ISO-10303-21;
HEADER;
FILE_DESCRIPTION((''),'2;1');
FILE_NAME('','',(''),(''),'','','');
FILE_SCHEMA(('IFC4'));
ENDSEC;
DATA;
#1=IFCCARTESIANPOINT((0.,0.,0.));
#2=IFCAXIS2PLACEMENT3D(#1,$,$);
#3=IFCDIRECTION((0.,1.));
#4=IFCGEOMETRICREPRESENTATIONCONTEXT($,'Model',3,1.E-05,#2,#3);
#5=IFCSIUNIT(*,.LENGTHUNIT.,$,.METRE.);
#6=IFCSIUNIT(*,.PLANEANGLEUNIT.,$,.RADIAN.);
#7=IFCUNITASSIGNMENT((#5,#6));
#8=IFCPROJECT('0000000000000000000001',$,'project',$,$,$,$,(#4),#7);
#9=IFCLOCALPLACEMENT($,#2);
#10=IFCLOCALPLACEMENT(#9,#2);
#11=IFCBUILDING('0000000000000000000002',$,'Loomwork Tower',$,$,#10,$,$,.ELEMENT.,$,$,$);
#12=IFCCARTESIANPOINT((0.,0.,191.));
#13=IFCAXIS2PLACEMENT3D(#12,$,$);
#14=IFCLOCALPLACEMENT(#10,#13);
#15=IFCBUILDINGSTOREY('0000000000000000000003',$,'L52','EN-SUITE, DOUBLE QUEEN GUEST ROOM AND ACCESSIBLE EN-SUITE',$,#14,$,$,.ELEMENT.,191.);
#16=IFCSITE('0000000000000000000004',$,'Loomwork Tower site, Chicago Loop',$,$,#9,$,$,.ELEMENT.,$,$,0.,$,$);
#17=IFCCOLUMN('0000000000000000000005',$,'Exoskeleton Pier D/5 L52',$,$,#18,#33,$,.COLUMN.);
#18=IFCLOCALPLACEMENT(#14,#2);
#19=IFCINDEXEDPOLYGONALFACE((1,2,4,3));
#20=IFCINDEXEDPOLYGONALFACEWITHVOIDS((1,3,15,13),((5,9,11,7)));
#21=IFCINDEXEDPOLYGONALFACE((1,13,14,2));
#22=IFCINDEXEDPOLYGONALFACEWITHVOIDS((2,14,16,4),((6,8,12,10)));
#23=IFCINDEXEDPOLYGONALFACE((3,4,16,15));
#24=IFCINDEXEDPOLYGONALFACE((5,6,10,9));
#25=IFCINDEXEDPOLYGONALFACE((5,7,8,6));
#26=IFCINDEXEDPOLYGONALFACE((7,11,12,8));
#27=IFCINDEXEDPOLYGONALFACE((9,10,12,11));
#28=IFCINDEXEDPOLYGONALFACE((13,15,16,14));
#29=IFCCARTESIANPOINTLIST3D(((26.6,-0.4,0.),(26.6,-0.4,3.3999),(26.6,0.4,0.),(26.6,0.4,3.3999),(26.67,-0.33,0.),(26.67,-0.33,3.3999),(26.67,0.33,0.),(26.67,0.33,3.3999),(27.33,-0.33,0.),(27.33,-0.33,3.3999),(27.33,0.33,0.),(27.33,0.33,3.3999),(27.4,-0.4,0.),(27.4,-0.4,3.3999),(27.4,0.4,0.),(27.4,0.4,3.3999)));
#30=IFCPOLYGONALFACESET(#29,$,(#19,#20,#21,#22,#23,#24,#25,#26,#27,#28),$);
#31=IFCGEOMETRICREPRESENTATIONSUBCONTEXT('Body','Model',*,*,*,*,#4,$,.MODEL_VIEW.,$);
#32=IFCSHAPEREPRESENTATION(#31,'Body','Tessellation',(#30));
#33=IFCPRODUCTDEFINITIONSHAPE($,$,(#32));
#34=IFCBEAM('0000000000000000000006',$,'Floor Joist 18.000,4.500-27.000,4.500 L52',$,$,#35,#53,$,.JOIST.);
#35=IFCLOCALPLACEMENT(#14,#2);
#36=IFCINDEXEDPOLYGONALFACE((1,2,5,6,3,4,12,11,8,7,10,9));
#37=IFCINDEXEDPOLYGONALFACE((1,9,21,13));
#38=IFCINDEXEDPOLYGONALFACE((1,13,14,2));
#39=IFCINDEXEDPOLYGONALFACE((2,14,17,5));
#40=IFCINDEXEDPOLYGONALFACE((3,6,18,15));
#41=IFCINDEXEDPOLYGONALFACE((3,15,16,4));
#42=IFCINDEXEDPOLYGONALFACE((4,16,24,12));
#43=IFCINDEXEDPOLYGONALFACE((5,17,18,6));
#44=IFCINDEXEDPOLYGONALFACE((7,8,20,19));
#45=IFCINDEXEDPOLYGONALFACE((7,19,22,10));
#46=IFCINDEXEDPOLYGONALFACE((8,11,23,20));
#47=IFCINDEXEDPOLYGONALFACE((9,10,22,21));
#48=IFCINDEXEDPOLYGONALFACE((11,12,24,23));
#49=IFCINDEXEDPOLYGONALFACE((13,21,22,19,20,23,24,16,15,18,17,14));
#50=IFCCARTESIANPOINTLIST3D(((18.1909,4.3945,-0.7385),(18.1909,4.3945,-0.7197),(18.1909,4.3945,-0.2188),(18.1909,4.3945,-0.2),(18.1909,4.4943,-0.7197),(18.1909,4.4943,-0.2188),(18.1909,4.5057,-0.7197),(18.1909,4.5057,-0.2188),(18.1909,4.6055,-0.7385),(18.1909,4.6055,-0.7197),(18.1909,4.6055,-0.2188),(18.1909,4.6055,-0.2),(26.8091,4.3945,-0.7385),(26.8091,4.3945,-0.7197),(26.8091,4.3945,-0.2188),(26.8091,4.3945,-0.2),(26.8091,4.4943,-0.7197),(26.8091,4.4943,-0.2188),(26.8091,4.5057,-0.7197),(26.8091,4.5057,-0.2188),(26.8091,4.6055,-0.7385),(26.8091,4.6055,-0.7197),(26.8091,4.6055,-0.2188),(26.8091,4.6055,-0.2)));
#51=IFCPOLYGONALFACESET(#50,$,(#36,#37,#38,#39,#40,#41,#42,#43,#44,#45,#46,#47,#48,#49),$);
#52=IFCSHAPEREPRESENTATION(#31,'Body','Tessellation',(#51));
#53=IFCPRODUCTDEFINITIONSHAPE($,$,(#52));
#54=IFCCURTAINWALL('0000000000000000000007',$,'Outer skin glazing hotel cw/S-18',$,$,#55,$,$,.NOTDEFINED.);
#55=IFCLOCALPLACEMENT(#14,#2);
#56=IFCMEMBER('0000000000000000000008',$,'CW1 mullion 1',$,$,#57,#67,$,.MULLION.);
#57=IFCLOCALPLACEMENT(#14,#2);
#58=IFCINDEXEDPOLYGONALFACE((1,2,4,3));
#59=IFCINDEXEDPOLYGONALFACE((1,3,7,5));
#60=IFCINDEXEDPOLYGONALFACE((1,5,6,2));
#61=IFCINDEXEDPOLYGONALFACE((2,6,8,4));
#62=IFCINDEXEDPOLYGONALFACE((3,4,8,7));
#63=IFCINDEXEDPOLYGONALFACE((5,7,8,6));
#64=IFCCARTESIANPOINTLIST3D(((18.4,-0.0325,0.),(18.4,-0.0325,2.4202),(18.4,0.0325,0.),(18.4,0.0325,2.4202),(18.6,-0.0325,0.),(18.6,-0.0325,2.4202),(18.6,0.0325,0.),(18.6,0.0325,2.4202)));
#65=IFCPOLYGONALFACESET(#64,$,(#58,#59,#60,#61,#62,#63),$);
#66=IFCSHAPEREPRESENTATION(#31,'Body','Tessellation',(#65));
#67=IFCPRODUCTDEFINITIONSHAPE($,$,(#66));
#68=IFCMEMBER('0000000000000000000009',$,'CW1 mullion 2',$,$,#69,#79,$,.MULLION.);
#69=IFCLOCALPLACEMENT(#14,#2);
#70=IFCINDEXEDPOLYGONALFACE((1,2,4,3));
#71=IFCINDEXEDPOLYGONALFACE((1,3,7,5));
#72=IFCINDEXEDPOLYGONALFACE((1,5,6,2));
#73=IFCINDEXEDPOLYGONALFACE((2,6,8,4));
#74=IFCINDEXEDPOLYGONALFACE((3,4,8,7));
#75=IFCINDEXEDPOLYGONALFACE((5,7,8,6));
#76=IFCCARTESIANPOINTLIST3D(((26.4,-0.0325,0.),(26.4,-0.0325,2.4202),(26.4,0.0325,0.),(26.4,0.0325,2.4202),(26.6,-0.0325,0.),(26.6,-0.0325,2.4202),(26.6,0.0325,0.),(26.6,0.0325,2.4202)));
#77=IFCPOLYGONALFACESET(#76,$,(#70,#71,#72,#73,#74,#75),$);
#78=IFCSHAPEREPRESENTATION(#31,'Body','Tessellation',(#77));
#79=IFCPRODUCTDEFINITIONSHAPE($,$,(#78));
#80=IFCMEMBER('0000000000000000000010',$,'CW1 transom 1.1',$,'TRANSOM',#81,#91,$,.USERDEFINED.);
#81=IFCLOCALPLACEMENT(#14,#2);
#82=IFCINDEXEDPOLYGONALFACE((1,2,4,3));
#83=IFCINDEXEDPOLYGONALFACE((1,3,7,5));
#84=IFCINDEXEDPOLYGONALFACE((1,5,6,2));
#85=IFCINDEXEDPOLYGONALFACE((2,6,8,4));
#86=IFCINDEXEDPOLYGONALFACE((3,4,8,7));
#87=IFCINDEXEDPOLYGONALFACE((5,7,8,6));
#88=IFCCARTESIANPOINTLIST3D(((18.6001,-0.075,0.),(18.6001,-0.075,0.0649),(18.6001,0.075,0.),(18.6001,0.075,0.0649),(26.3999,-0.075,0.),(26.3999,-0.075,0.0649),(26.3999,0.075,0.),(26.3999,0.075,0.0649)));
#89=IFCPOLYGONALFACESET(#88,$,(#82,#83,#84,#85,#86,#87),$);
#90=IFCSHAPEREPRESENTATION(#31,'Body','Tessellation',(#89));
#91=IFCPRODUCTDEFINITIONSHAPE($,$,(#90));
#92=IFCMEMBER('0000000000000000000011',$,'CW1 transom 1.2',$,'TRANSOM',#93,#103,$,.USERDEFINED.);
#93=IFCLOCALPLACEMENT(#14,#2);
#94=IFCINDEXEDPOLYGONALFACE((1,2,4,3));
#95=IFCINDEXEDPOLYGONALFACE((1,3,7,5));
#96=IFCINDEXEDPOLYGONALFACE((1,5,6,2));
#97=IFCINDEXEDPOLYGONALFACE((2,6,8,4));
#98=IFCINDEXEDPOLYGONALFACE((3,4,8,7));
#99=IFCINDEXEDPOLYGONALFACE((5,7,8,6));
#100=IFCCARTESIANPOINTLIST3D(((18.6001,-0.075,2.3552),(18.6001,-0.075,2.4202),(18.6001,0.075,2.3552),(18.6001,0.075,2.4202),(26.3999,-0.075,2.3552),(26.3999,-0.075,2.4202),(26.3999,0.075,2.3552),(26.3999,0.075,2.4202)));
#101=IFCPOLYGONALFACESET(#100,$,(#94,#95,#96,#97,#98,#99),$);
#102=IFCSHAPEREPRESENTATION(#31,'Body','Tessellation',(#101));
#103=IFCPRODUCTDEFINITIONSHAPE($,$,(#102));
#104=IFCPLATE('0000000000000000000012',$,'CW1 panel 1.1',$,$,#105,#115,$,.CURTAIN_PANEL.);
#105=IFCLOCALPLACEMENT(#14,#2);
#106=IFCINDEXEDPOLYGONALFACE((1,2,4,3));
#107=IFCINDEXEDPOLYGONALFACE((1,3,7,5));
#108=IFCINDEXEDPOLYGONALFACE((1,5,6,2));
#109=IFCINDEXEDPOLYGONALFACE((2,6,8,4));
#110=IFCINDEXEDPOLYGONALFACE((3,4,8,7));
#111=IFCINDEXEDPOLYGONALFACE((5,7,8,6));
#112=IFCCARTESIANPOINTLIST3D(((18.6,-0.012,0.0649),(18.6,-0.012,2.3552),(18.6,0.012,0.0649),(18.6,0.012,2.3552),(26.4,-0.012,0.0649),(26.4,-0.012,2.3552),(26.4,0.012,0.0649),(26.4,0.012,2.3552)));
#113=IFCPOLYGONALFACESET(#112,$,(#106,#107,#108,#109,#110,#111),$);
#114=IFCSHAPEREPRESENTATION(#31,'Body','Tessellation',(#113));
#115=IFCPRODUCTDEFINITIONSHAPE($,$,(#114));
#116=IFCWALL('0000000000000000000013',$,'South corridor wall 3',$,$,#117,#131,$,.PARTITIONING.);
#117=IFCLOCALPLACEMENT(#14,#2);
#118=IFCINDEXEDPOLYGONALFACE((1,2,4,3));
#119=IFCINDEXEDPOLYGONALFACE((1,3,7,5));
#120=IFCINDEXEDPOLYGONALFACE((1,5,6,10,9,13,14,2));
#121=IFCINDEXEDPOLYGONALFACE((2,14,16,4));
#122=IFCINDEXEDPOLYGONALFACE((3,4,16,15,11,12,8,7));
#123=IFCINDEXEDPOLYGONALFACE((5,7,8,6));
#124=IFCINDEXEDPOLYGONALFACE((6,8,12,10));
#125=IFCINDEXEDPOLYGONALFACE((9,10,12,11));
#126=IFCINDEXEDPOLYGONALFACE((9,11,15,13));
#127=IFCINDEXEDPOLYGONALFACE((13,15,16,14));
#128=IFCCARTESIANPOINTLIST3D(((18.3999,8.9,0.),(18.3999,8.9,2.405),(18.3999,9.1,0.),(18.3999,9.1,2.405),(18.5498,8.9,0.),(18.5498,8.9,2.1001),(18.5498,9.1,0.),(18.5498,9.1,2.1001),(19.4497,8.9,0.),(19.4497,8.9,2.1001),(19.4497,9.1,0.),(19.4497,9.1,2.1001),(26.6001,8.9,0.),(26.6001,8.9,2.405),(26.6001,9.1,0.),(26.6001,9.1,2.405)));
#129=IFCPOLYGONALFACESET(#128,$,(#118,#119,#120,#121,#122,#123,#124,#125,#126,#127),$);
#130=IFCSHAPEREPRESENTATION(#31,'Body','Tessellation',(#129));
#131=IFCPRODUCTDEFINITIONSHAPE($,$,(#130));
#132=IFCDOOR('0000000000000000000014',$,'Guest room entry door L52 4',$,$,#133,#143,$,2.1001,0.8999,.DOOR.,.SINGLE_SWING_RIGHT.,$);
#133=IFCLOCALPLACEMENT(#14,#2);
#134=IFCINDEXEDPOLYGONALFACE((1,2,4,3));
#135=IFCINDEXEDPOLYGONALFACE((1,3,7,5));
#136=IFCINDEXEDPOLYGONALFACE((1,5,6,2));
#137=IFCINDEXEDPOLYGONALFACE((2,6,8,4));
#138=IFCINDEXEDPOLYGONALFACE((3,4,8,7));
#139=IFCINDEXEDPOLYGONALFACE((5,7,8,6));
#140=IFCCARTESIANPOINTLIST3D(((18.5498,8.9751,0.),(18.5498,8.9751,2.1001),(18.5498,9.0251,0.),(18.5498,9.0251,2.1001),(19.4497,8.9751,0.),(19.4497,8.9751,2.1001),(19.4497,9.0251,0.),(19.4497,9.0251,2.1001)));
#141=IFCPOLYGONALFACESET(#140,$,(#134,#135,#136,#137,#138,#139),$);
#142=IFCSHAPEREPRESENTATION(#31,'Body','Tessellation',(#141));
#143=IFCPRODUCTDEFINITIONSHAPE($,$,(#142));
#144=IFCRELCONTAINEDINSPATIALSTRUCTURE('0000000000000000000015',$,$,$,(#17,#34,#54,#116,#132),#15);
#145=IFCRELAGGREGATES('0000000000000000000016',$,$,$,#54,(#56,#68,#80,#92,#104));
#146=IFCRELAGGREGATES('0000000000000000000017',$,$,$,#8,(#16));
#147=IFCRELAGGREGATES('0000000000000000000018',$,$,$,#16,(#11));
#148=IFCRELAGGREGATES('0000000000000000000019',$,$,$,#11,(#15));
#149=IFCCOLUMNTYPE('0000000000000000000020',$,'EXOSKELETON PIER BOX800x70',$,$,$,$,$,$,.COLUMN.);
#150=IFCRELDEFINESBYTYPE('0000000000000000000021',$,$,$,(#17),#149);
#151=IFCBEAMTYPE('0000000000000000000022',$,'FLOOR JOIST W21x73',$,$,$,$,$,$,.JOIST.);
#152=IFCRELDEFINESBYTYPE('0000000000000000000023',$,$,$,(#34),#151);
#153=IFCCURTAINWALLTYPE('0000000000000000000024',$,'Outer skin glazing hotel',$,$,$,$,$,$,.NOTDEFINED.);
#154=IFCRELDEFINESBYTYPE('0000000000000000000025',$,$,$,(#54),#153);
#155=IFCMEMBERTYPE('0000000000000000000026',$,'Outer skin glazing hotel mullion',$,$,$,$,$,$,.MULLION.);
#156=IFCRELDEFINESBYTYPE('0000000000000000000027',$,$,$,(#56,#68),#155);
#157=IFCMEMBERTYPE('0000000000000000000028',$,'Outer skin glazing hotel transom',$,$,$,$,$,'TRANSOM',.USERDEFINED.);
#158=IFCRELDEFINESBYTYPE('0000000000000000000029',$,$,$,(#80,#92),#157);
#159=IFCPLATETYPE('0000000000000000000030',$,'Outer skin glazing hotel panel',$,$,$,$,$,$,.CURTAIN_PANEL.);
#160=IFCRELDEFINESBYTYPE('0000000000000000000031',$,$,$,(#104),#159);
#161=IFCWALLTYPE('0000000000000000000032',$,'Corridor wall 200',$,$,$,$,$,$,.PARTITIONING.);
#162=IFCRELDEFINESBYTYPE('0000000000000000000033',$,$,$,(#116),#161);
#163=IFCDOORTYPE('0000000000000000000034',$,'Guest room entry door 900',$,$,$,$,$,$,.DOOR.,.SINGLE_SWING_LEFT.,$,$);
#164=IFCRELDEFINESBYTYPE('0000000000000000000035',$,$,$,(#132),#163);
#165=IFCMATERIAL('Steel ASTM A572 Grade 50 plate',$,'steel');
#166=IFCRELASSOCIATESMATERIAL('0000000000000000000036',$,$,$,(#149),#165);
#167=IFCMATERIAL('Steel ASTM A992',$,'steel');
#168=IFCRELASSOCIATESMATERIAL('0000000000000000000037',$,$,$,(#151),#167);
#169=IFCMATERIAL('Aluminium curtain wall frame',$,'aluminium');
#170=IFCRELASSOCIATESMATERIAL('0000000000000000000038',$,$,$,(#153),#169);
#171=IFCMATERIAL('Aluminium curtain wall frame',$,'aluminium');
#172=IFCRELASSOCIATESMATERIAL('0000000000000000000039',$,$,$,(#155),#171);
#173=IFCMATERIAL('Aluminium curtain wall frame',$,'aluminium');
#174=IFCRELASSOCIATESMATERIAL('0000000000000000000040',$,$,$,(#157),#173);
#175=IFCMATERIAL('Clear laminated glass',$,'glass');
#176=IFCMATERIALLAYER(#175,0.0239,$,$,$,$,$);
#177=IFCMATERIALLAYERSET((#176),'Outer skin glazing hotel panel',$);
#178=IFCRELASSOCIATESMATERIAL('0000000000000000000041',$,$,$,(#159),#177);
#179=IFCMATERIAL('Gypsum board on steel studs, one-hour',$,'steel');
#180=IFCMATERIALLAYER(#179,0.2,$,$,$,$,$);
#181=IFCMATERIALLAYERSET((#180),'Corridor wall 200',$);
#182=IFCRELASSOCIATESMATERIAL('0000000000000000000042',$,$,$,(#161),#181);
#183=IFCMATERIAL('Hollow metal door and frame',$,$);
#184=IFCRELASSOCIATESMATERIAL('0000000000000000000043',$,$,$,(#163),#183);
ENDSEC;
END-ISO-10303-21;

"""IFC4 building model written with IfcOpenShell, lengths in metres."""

from ifc_helpers import new_model, si_unit, direction, frame, frame_2d, origin, origin_2d, place, context, subcontext, project, spatial, rectangle, hollow_rectangle, i_section, extrude, material, layer, layer_set, material_profile, profile_set, type_object, element, fill, aggregate, save


model = new_model("IFC4")

# Units and contexts
model_context = context("Model", 3, precision=1e-05, world=origin(), true_north=direction((0.0, 1.0)))
body_context = subcontext(model_context, "Body", "Model", "MODEL_VIEW")
ifc_project = project(units=[si_unit("LENGTHUNIT", "METRE"), si_unit("PLANEANGLEUNIT", "RADIAN")], contexts=[model_context])

# Site, building, storey
site_placement = place(None, origin())
site = spatial("IfcSite", under=ifc_project, at=site_placement, Name="Loomwork Tower site, Chicago Loop", CompositionType="ELEMENT", RefElevation=0.0)
building_placement = place(site_placement, origin())
building = spatial("IfcBuilding", under=site, at=building_placement, Name="Loomwork Tower", CompositionType="ELEMENT")
storey_placement = place(building_placement, frame((0.0, 0.0, 191.0)))
storey = spatial("IfcBuildingStorey", under=building, at=storey_placement, Name="L52", Description="EN-SUITE, DOUBLE QUEEN GUEST ROOM AND ACCESSIBLE EN-SUITE", CompositionType="ELEMENT", Elevation=191.0)

# Column
ifc_material_1 = material(Name="Steel ASTM A572 Grade 50 plate", Category="steel")
ifc_material_profile_1 = material_profile(ifc_material_1, hollow_rectangle(XDim=0.8, YDim=0.8, WallThickness=0.0701, at=origin_2d()), Name="BOX800x70")
ifc_profile_set_1 = profile_set([ifc_material_profile_1], Name="Steel ASTM A572 Grade 50 plate")
column_type = type_object("IfcColumnType", Name="EXOSKELETON PIER BOX800x70", PredefinedType="COLUMN", material=ifc_profile_set_1)
column_placement = place(storey_placement, frame((27.0, 0.0, 0.0), z_axis=(0.0, 0.0, 1.0), x_axis=(1.0, 0.0, 0.0)))
element("IfcColumn", 1, at=column_placement, inside=storey, type_object=column_type, Name="Exoskeleton Pier D/5 L52", PredefinedType="COLUMN", context=body_context, shape_type="SweptSolid", body=[
    extrude(hollow_rectangle(XDim=0.8, YDim=0.8, WallThickness=0.0701, at=origin_2d()), origin(), (0.0, 0.0, 1.0), 3.3999),
])

# Beam
ifc_material_2 = material(Name="Steel ASTM A992", Category="steel")
ifc_material_profile_2 = material_profile(ifc_material_2, i_section(OverallWidth=0.2109, OverallDepth=0.5386, WebThickness=0.0115, FlangeThickness=0.0188, at=origin_2d()), Name="W21x73")
ifc_profile_set_2 = profile_set([ifc_material_profile_2], Name="Steel ASTM A992")
beam_type = type_object("IfcBeamType", Name="FLOOR JOIST W21x73", PredefinedType="JOIST", material=ifc_profile_set_2)
beam_placement = place(storey_placement, frame((18.1909, 4.5, -0.4692), z_axis=(1.0, 0.0, 0.0), x_axis=(0.0, 1.0, 0.0)))
element("IfcBeam", 2, at=beam_placement, inside=storey, type_object=beam_type, Name="Floor Joist 18.000,4.500-27.000,4.500 L52", PredefinedType="JOIST", context=body_context, shape_type="SweptSolid", body=[
    extrude(i_section(OverallWidth=0.2109, OverallDepth=0.5386, WebThickness=0.0115, FlangeThickness=0.0188, at=origin_2d()), origin(), (0.0, 0.0, 1.0), 8.6182),
])

# Curtain wall, members, plate
ifc_material_3 = material(Name="Aluminium curtain wall frame", Category="aluminium")
curtain_wall_type = type_object("IfcCurtainWallType", Name="Outer skin glazing hotel", PredefinedType="NOTDEFINED", material=ifc_material_3)
curtain_wall_placement = place(storey_placement, origin())
curtain_wall = element("IfcCurtainWall", 3, at=curtain_wall_placement, inside=storey, type_object=curtain_wall_type, Name="Outer skin glazing hotel cw/S-18", PredefinedType="NOTDEFINED")
ifc_material_4 = material(Name="Aluminium curtain wall frame", Category="aluminium")
ifc_material_profile_3 = material_profile(ifc_material_4, rectangle(XDim=0.0649, YDim=0.2, at=origin_2d()), Name="AL 65x200")
ifc_profile_set_3 = profile_set([ifc_material_profile_3], Name="Aluminium curtain wall frame")
member_type_1 = type_object("IfcMemberType", Name="Outer skin glazing hotel mullion", PredefinedType="MULLION", material=ifc_profile_set_3)
member_1_placement = place(storey_placement, frame((18.5, 0.0, 0.0), z_axis=(0.0, 0.0, 1.0), x_axis=(0.0, 1.0, 0.0)))
member_1 = element("IfcMember", 4, at=member_1_placement, type_object=member_type_1, Name="CW1 mullion 1", PredefinedType="MULLION", context=body_context, shape_type="SweptSolid", body=[
    extrude(rectangle(XDim=0.0649, YDim=0.2, at=origin_2d()), origin(), (0.0, 0.0, 1.0), 2.4202),
])
member_2_placement = place(storey_placement, frame((26.5, 0.0, 0.0), z_axis=(0.0, 0.0, 1.0), x_axis=(0.0, 1.0, 0.0)))
member_2 = element("IfcMember", 5, at=member_2_placement, type_object=member_type_1, Name="CW1 mullion 2", PredefinedType="MULLION", context=body_context, shape_type="SweptSolid", body=[
    extrude(rectangle(XDim=0.0649, YDim=0.2, at=origin_2d()), origin(), (0.0, 0.0, 1.0), 2.4202),
])
ifc_material_5 = material(Name="Aluminium curtain wall frame", Category="aluminium")
ifc_material_profile_4 = material_profile(ifc_material_5, rectangle(XDim=0.1499, YDim=0.0649, at=origin_2d()), Name="AL 65x150")
ifc_profile_set_4 = profile_set([ifc_material_profile_4], Name="Aluminium curtain wall frame")
member_type_2 = type_object("IfcMemberType", Name="Outer skin glazing hotel transom", ElementType="TRANSOM", PredefinedType="USERDEFINED", material=ifc_profile_set_4)
member_3_placement = place(storey_placement, frame((18.6001, 0.0, 0.0325), z_axis=(1.0, 0.0, 0.0), x_axis=(0.0, 1.0, 0.0)))
member_3 = element("IfcMember", 6, at=member_3_placement, type_object=member_type_2, Name="CW1 transom 1.1", ObjectType="TRANSOM", PredefinedType="USERDEFINED", context=body_context, shape_type="SweptSolid", body=[
    extrude(rectangle(XDim=0.1499, YDim=0.0649, at=origin_2d()), origin(), (0.0, 0.0, 1.0), 7.7998),
])
member_4_placement = place(storey_placement, frame((18.6001, 0.0, 2.3877), z_axis=(1.0, 0.0, 0.0), x_axis=(0.0, 1.0, 0.0)))
member_4 = element("IfcMember", 7, at=member_4_placement, type_object=member_type_2, Name="CW1 transom 1.2", ObjectType="TRANSOM", PredefinedType="USERDEFINED", context=body_context, shape_type="SweptSolid", body=[
    extrude(rectangle(XDim=0.1499, YDim=0.0649, at=origin_2d()), origin(), (0.0, 0.0, 1.0), 7.7998),
])
ifc_material_6 = material(Name="Clear laminated glass", Category="glass")
ifc_layer_1 = layer(ifc_material_6, 0.0239)
ifc_layer_set_1 = layer_set([ifc_layer_1], Name="Outer skin glazing hotel panel")
plate_type = type_object("IfcPlateType", Name="Outer skin glazing hotel panel", PredefinedType="CURTAIN_PANEL", material=ifc_layer_set_1)
plate_placement = place(storey_placement, frame((22.5, 0.0, 0.0649), z_axis=(0.0, 0.0, 1.0), x_axis=(1.0, 0.0, 0.0)))
plate = element("IfcPlate", 8, at=plate_placement, type_object=plate_type, Name="CW1 panel 1.1", PredefinedType="CURTAIN_PANEL", context=body_context, shape_type="SweptSolid", body=[
    extrude(rectangle(XDim=7.8, YDim=0.0239, at=origin_2d()), origin(), (0.0, 0.0, 1.0), 2.2903),
])
aggregate(curtain_wall, [member_1, member_2, member_3, member_4, plate])

# Wall, opening, door
ifc_material_7 = material(Name="Gypsum board on steel studs, one-hour", Category="steel")
ifc_layer_2 = layer(ifc_material_7, 0.2)
ifc_layer_set_2 = layer_set([ifc_layer_2], Name="Corridor wall 200")
wall_type_1 = type_object("IfcWallType", Name="Corridor wall 200", PredefinedType="PARTITIONING", material=ifc_layer_set_2)
wall_1_placement = place(storey_placement, frame((18.3999, 9.0, 0.0), z_axis=(0.0, 0.0, 1.0), x_axis=(1.0, 0.0, 0.0)))
wall_1 = element("IfcWall", 9, at=wall_1_placement, inside=storey, type_object=wall_type_1, Name="South corridor wall 3", PredefinedType="PARTITIONING", context=body_context, shape_type="SweptSolid", body=[
    extrude(rectangle(XDim=8.2002, YDim=0.2, at=frame_2d((4.1001, 0.0))), origin(), (0.0, 0.0, 1.0), 2.405),
])
opening_1_placement = place(wall_1_placement, frame((0.1499, 0.0, 0.0)))
opening_1 = element("IfcOpeningElement", 10, at=opening_1_placement, cuts=wall_1, PredefinedType="OPENING", context=body_context, shape_type="SweptSolid", body=[
    extrude(rectangle(XDim=0.8999, YDim=2.1001, at=frame_2d((0.45, 1.05))), frame((0.0, 0.1099, 0.0), z_axis=(0.0, -1.0, 0.0), x_axis=(1.0, 0.0, 0.0)), (0.0, 0.0, 1.0), 0.22),
])
ifc_material_8 = material(Name="Hollow metal door and frame")
door_type_1 = type_object("IfcDoorType", Name="Guest room entry door 900", OperationType="SINGLE_SWING_LEFT", PredefinedType="DOOR", material=ifc_material_8)
door_1_placement = place(opening_1_placement, frame((0.8999, 0.0, 0.0), z_axis=(0.0, 0.0, 1.0), x_axis=(-1.0, 0.0, 0.0)))
door_1 = element("IfcDoor", 11, at=door_1_placement, inside=storey, type_object=door_type_1, Name="Guest room entry door L52 4", OperationType="SINGLE_SWING_RIGHT", OverallHeight=2.1001, OverallWidth=0.8999, PredefinedType="DOOR", context=body_context, shape_type="SweptSolid", body=[
    extrude(rectangle(XDim=0.8999, YDim=2.1001, at=frame_2d((0.45, 1.05))), frame((0.0, 0.0249, 0.0), z_axis=(0.0, -1.0, 0.0), x_axis=(1.0, 0.0, 0.0)), (0.0, 0.0, 1.0), 0.05),
])
fill(opening_1, door_1)

save(model, "model.ifc")
